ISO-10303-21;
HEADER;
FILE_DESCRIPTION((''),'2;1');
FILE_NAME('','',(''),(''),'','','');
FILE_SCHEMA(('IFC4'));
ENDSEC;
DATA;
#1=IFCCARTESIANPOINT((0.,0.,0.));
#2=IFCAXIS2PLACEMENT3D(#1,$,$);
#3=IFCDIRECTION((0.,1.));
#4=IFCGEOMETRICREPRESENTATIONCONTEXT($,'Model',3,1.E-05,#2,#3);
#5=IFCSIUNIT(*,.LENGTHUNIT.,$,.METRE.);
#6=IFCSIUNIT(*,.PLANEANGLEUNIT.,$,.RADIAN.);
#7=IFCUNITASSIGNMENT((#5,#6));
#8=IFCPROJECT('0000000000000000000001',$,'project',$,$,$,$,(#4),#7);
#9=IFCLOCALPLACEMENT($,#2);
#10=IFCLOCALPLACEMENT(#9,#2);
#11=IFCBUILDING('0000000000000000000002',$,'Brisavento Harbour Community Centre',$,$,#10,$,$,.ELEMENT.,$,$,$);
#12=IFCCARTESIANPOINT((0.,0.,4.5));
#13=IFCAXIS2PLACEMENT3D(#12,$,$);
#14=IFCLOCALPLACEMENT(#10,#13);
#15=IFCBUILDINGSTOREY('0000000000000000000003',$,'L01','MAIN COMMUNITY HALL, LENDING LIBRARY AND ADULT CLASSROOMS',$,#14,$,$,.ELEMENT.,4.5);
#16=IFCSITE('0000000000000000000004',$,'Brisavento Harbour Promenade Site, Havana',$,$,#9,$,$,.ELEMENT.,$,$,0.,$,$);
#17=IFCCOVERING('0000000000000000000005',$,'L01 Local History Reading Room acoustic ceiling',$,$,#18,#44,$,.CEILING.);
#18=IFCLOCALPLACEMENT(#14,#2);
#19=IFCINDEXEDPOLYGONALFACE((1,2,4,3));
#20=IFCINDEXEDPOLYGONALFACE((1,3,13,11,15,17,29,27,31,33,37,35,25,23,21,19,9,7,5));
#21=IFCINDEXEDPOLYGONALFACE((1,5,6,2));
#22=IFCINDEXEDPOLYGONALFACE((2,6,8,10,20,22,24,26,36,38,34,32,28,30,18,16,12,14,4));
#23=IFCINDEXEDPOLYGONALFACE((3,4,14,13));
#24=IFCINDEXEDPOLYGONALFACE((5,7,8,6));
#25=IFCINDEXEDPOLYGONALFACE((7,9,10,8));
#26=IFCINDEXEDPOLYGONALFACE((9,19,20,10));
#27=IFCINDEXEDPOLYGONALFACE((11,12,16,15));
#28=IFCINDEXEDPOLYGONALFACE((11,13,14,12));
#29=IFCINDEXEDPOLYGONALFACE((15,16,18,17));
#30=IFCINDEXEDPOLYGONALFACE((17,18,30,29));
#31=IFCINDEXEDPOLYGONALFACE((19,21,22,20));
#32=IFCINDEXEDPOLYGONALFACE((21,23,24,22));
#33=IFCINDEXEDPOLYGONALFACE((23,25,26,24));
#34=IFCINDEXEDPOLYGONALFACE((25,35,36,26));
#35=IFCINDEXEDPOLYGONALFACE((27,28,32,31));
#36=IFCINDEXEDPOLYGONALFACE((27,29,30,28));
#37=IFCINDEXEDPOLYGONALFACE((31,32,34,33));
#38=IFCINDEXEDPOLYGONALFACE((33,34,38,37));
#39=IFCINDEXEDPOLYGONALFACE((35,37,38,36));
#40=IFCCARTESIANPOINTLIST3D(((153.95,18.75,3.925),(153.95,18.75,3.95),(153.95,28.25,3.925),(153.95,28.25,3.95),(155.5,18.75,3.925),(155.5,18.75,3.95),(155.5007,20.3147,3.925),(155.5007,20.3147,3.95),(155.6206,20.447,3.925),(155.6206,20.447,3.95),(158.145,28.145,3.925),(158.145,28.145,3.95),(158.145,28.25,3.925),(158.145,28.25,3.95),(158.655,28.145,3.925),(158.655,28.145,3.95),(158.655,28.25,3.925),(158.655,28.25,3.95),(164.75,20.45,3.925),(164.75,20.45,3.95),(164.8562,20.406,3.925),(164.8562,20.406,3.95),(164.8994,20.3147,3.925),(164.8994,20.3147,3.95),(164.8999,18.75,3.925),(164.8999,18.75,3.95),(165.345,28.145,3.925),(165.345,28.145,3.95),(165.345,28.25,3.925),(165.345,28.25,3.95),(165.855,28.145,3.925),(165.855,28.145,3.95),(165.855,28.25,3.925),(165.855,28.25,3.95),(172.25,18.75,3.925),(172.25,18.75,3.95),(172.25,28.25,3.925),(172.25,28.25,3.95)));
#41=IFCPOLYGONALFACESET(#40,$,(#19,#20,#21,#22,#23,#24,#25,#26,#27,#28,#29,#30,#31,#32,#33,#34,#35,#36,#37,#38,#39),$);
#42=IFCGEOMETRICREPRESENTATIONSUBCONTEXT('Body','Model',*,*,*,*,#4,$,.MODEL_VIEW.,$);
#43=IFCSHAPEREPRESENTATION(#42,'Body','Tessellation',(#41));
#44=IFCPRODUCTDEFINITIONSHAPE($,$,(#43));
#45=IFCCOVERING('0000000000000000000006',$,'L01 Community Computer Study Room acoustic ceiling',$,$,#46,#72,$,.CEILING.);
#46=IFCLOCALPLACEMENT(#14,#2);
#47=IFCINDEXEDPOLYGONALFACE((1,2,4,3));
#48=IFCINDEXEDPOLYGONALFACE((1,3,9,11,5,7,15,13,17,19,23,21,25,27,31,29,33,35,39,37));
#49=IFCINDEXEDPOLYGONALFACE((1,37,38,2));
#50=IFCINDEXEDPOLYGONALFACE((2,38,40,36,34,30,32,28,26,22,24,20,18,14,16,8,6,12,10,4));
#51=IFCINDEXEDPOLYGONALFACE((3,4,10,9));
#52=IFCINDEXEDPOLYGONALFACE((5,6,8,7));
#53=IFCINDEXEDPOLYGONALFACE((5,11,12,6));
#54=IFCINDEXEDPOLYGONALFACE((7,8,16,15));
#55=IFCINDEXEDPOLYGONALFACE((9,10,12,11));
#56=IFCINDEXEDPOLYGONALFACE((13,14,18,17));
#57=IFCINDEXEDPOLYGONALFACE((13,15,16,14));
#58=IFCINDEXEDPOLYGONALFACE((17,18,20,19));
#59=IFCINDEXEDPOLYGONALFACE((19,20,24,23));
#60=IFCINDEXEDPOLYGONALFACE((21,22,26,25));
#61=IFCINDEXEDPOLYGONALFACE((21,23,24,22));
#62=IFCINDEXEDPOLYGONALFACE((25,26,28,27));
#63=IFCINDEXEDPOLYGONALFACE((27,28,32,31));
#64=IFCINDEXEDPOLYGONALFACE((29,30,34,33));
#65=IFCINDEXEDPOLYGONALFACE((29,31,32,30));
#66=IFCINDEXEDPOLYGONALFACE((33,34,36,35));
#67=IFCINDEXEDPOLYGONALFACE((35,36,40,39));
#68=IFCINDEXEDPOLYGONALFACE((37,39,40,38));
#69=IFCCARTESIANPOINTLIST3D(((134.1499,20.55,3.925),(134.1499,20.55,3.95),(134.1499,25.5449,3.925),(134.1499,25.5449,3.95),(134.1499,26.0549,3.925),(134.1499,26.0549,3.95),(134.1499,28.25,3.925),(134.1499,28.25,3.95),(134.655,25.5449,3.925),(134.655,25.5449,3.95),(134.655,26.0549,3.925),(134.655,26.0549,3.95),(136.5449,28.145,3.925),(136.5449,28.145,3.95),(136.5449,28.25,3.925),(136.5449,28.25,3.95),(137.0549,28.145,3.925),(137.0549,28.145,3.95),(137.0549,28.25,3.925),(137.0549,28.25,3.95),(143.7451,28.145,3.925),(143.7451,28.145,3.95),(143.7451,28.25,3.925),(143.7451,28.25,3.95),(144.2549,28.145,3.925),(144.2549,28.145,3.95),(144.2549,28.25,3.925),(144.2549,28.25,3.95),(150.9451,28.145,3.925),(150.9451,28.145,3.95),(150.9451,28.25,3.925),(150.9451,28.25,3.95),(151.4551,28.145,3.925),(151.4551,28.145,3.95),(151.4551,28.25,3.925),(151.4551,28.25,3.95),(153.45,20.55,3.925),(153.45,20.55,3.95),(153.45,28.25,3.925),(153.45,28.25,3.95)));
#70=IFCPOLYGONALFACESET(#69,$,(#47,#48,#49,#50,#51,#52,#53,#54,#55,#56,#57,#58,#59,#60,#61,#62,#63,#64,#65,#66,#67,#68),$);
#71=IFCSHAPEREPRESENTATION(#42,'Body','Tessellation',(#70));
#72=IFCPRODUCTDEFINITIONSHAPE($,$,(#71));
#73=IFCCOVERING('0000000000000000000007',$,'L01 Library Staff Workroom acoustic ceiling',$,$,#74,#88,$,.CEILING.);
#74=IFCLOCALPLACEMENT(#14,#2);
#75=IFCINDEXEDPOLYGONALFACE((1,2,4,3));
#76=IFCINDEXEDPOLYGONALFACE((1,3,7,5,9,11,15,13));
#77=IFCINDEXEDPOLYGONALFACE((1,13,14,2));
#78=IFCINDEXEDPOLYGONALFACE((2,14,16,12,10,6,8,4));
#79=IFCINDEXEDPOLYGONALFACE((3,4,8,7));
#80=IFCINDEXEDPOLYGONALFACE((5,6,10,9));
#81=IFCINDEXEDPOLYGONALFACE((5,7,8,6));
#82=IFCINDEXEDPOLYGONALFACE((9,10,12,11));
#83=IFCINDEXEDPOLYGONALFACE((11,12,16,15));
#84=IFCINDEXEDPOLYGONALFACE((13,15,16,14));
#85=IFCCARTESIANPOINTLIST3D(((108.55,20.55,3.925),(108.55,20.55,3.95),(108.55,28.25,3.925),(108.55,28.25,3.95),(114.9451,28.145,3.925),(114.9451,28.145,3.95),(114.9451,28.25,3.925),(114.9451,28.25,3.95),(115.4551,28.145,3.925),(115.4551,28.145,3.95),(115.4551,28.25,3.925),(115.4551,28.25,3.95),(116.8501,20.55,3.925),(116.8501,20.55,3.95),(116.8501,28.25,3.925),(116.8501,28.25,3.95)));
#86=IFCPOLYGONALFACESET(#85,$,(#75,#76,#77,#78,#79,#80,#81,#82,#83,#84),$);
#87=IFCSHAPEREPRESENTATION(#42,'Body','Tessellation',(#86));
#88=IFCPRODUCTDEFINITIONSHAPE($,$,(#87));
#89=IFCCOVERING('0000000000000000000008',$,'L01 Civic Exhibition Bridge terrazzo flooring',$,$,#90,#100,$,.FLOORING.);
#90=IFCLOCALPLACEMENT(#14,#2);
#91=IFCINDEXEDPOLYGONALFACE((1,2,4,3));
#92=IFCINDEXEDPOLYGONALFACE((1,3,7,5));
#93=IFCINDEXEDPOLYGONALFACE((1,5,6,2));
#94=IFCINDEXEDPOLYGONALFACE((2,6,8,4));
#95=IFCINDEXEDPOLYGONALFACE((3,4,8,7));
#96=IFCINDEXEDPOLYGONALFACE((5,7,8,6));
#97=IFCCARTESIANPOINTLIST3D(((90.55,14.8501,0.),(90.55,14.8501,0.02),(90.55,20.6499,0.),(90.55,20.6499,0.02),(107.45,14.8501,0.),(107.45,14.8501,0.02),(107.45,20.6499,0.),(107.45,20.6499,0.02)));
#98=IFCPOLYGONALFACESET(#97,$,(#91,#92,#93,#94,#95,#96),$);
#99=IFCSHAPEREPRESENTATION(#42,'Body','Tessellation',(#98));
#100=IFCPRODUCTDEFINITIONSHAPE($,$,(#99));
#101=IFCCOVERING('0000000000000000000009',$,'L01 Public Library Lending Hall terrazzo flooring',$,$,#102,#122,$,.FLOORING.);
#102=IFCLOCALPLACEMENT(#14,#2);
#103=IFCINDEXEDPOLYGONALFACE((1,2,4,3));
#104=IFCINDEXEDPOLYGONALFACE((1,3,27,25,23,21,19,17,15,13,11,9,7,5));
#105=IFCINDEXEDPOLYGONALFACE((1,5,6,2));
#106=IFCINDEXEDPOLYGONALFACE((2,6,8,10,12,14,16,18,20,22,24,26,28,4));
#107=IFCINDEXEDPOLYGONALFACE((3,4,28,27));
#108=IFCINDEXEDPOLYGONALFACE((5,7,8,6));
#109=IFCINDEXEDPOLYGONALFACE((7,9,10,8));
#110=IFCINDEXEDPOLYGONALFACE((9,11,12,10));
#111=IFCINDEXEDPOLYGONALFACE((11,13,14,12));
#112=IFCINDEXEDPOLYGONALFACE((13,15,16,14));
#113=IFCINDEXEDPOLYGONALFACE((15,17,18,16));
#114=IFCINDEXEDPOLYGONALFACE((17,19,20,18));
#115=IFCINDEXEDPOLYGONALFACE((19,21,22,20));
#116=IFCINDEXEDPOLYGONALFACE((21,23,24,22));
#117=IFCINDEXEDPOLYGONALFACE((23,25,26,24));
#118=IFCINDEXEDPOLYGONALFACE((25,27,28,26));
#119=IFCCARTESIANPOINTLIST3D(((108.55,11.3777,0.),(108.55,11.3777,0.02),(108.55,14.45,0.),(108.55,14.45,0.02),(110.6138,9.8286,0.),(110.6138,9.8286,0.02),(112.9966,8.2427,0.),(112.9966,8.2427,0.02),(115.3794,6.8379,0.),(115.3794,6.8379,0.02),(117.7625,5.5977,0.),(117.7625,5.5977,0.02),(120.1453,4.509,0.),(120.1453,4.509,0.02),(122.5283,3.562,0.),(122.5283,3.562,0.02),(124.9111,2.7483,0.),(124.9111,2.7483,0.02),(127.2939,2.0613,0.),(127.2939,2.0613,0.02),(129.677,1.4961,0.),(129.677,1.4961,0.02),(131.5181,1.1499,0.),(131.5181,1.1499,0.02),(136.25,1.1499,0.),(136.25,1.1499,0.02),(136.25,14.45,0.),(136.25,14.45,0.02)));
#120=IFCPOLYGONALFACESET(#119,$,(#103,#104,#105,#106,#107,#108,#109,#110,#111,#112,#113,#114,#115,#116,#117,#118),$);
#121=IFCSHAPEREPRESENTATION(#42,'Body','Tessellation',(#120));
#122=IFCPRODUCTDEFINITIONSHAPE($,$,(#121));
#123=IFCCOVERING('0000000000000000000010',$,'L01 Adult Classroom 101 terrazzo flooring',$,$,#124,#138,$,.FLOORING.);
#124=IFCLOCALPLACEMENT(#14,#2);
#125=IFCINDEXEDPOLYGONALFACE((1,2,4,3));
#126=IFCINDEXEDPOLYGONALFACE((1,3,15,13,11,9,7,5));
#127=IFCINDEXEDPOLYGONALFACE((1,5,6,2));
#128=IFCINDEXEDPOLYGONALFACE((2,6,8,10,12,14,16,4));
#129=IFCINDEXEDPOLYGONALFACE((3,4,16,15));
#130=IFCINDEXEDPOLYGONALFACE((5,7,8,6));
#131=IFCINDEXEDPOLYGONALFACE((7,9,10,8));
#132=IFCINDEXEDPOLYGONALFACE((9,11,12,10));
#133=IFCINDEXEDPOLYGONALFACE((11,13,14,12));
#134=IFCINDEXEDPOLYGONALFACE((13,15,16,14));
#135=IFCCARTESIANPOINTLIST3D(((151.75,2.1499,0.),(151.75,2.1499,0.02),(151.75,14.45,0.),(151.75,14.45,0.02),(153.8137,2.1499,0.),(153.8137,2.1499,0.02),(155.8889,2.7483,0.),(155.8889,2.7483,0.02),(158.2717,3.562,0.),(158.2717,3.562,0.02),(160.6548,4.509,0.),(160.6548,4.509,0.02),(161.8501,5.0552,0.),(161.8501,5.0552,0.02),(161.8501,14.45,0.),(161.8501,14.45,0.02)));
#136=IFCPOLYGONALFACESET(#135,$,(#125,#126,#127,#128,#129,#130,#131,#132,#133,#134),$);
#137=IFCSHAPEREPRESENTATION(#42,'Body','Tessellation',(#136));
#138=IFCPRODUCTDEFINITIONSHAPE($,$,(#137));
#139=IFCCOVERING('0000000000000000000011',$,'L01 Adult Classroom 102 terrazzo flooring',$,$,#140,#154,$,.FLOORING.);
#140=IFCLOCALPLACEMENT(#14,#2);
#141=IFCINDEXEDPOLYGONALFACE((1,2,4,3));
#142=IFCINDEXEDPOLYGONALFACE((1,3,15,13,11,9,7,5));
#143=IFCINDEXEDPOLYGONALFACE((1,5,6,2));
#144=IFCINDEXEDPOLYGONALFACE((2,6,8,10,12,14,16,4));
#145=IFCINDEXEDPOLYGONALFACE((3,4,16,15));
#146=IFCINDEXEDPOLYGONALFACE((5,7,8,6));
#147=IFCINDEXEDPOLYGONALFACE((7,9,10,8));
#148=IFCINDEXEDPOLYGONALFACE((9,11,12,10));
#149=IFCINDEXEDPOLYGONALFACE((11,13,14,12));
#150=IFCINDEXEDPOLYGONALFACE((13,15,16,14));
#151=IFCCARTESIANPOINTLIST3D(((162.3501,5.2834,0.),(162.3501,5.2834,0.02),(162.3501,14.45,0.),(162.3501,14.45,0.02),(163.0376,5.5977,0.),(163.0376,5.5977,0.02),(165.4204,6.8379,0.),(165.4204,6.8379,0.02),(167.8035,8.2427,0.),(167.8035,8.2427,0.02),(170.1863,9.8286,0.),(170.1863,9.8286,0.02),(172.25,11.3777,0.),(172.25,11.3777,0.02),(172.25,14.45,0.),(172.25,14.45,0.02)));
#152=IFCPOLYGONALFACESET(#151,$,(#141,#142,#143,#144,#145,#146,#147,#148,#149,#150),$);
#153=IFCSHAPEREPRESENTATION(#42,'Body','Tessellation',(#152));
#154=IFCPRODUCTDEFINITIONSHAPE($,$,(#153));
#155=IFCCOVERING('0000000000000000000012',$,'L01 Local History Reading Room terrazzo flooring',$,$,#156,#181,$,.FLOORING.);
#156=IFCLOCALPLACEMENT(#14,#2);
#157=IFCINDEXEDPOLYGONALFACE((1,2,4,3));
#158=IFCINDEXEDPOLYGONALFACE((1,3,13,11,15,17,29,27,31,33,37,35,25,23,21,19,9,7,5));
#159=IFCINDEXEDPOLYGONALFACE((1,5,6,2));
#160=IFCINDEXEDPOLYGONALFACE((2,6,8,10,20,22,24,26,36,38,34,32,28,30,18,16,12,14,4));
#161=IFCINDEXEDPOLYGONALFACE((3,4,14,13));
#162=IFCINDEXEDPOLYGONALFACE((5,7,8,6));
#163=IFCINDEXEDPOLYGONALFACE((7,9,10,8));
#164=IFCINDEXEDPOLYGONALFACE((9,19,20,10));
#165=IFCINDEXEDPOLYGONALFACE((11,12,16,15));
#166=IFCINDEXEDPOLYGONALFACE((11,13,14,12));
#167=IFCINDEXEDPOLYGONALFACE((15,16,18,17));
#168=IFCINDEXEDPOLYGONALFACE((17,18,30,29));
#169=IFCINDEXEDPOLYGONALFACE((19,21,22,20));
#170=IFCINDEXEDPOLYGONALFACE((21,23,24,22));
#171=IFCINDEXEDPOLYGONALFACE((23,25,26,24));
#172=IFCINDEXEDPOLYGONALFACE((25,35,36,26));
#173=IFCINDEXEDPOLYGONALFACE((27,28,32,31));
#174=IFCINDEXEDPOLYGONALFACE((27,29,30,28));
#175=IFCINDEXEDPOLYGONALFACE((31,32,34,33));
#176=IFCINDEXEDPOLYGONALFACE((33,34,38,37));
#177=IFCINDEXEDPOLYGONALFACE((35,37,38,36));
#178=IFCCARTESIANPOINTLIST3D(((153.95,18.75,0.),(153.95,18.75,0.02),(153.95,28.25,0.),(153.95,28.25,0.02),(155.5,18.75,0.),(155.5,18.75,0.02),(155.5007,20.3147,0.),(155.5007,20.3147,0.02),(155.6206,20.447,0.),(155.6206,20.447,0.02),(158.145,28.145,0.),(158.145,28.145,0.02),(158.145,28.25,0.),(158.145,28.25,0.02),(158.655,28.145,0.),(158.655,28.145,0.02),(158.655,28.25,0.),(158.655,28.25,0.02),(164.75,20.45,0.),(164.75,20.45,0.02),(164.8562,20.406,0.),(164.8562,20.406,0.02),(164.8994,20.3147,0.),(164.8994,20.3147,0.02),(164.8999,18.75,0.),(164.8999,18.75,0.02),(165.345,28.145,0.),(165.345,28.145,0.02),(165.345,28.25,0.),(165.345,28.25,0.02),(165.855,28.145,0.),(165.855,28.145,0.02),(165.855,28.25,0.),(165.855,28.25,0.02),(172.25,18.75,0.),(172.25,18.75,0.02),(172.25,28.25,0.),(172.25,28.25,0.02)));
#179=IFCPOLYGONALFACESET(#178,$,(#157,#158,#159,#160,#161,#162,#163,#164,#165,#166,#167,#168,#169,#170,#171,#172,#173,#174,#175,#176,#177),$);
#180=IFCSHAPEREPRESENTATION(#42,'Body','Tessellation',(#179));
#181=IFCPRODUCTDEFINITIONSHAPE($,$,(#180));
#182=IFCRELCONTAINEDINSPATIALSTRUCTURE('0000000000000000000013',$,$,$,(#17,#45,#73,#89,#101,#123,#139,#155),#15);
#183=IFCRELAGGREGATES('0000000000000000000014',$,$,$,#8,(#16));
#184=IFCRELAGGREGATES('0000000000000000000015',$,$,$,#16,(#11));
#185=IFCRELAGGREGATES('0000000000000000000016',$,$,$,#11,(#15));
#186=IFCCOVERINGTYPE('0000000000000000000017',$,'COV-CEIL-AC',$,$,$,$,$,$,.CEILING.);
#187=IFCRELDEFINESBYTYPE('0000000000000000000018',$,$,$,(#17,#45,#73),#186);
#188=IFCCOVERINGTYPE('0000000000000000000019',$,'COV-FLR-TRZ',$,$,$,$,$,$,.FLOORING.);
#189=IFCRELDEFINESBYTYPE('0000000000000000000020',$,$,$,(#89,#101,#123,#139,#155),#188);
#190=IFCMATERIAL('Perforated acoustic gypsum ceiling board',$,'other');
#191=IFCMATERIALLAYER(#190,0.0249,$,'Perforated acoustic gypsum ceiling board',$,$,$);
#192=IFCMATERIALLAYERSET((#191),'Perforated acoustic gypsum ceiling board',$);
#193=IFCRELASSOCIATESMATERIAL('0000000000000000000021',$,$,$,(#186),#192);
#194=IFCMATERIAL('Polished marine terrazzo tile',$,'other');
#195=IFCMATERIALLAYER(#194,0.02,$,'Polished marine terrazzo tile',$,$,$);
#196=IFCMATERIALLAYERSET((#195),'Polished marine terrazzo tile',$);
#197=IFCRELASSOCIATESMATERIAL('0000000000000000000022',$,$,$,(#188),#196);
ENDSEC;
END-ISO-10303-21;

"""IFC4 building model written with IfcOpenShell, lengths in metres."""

from ifc_helpers import new_model, si_unit, direction, frame, origin, place, context, subcontext, project, spatial, polyline, outline, extrude, material, layer, layer_set, type_object, element, save


model = new_model("IFC4")

# Units and contexts
model_context = context("Model", 3, precision=1e-05, world=origin(), true_north=direction((0.0, 1.0)))
body_context = subcontext(model_context, "Body", "Model", "MODEL_VIEW")
ifc_project = project(units=[si_unit("LENGTHUNIT", "METRE"), si_unit("PLANEANGLEUNIT", "RADIAN")], contexts=[model_context])

# Site, building, storey
site_placement = place(None, origin())
site = spatial("IfcSite", under=ifc_project, at=site_placement, Name="Brisavento Harbour Promenade Site, Havana", CompositionType="ELEMENT", RefElevation=0.0)
building_placement = place(site_placement, origin())
building = spatial("IfcBuilding", under=site, at=building_placement, Name="Brisavento Harbour Community Centre", CompositionType="ELEMENT")
storey_placement = place(building_placement, frame((0.0, 0.0, 4.5)))
storey = spatial("IfcBuildingStorey", under=building, at=storey_placement, Name="L01", Description="MAIN COMMUNITY HALL, LENDING LIBRARY AND ADULT CLASSROOMS", CompositionType="ELEMENT", Elevation=4.5)

# Coverings
ifc_material_1 = material(Name="Perforated acoustic gypsum ceiling board", Category="other")
ifc_layer_1 = layer(ifc_material_1, 0.0249, Name="Perforated acoustic gypsum ceiling board")
ifc_layer_set_1 = layer_set([ifc_layer_1], Name="Perforated acoustic gypsum ceiling board")
covering_type_1 = type_object("IfcCoveringType", Name="COV-CEIL-AC", PredefinedType="CEILING", material=ifc_layer_set_1)
covering_1_placement = place(storey_placement, frame((0.0, 0.0, 3.925)))
element("IfcCovering", 1, at=covering_1_placement, inside=storey, type_object=covering_type_1, Name="L01 Local History Reading Room acoustic ceiling", PredefinedType="CEILING", context=body_context, shape_type="SweptSolid", body=[
    extrude(outline(polyline([(158.655, 28.145), (158.145, 28.145), (158.145, 28.25), (153.95, 28.25), (153.95, 18.75), (155.5, 18.75), (155.5007, 20.3147), (155.6206, 20.447), (164.75, 20.45), (164.8562, 20.406), (164.8994, 20.3147), (164.8999, 18.75), (172.25, 18.75), (172.25, 28.25), (165.855, 28.25), (165.855, 28.145), (165.345, 28.145), (165.345, 28.25), (158.655, 28.25), (158.655, 28.145)])), origin(), (0.0, 0.0, 1.0), 0.0249),
])
covering_2_placement = place(storey_placement, frame((0.0, 0.0, 3.925)))
element("IfcCovering", 2, at=covering_2_placement, inside=storey, type_object=covering_type_1, Name="L01 Community Computer Study Room acoustic ceiling", PredefinedType="CEILING", context=body_context, shape_type="SweptSolid", body=[
    extrude(outline(polyline([(143.7451, 28.145), (143.7451, 28.25), (137.0549, 28.25), (137.0549, 28.145), (136.5449, 28.145), (136.5449, 28.25), (134.1499, 28.25), (134.1499, 26.0549), (134.655, 26.0549), (134.655, 25.5449), (134.1499, 25.5449), (134.1499, 20.55), (153.45, 20.55), (153.45, 28.25), (151.4551, 28.25), (151.4551, 28.145), (150.9451, 28.145), (150.9451, 28.25), (144.2549, 28.25), (144.2549, 28.145), (143.7451, 28.145)])), origin(), (0.0, 0.0, 1.0), 0.0249),
])
covering_3_placement = place(storey_placement, frame((0.0, 0.0, 3.925)))
element("IfcCovering", 3, at=covering_3_placement, inside=storey, type_object=covering_type_1, Name="L01 Library Staff Workroom acoustic ceiling", PredefinedType="CEILING", context=body_context, shape_type="SweptSolid", body=[
    extrude(outline(polyline([(108.55, 28.25), (108.55, 20.55), (116.8501, 20.55), (116.8501, 28.25), (115.4551, 28.25), (115.4551, 28.145), (114.9451, 28.145), (114.9451, 28.25), (108.55, 28.25)])), origin(), (0.0, 0.0, 1.0), 0.0249),
])
ifc_material_2 = material(Name="Polished marine terrazzo tile", Category="other")
ifc_layer_2 = layer(ifc_material_2, 0.02, Name="Polished marine terrazzo tile")
ifc_layer_set_2 = layer_set([ifc_layer_2], Name="Polished marine terrazzo tile")
covering_type_2 = type_object("IfcCoveringType", Name="COV-FLR-TRZ", PredefinedType="FLOORING", material=ifc_layer_set_2)
covering_4_placement = place(storey_placement, origin())
element("IfcCovering", 4, at=covering_4_placement, inside=storey, type_object=covering_type_2, Name="L01 Civic Exhibition Bridge terrazzo flooring", PredefinedType="FLOORING", context=body_context, shape_type="SweptSolid", body=[
    extrude(outline(polyline([(107.45, 14.8501), (107.45, 20.6499), (90.55, 20.6499), (90.55, 14.8501), (107.45, 14.8501)])), origin(), (0.0, 0.0, 1.0), 0.02),
])
covering_5_placement = place(storey_placement, origin())
element("IfcCovering", 5, at=covering_5_placement, inside=storey, type_object=covering_type_2, Name="L01 Public Library Lending Hall terrazzo flooring", PredefinedType="FLOORING", context=body_context, shape_type="SweptSolid", body=[
    extrude(outline(polyline([(136.25, 1.1499), (136.25, 14.45), (108.55, 14.45), (108.55, 11.3777), (110.6138, 9.8286), (112.9966, 8.2427), (115.3794, 6.8379), (117.7625, 5.5977), (120.1453, 4.509), (122.5283, 3.562), (124.9111, 2.7483), (127.2939, 2.0613), (129.677, 1.4961), (131.5181, 1.1499), (136.25, 1.1499)])), origin(), (0.0, 0.0, 1.0), 0.02),
])
covering_6_placement = place(storey_placement, origin())
element("IfcCovering", 6, at=covering_6_placement, inside=storey, type_object=covering_type_2, Name="L01 Adult Classroom 101 terrazzo flooring", PredefinedType="FLOORING", context=body_context, shape_type="SweptSolid", body=[
    extrude(outline(polyline([(151.75, 2.1499), (153.8137, 2.1499), (155.8889, 2.7483), (158.2717, 3.562), (160.6548, 4.509), (161.8501, 5.0552), (161.8501, 14.45), (151.75, 14.45), (151.75, 2.1499)])), origin(), (0.0, 0.0, 1.0), 0.02),
])
covering_7_placement = place(storey_placement, origin())
element("IfcCovering", 7, at=covering_7_placement, inside=storey, type_object=covering_type_2, Name="L01 Adult Classroom 102 terrazzo flooring", PredefinedType="FLOORING", context=body_context, shape_type="SweptSolid", body=[
    extrude(outline(polyline([(162.3501, 14.45), (162.3501, 5.2834), (163.0376, 5.5977), (165.4204, 6.8379), (167.8035, 8.2427), (170.1863, 9.8286), (172.25, 11.3777), (172.25, 14.45), (162.3501, 14.45)])), origin(), (0.0, 0.0, 1.0), 0.02),
])
covering_8_placement = place(storey_placement, origin())
element("IfcCovering", 8, at=covering_8_placement, inside=storey, type_object=covering_type_2, Name="L01 Local History Reading Room terrazzo flooring", PredefinedType="FLOORING", context=body_context, shape_type="SweptSolid", body=[
    extrude(outline(polyline([(158.655, 28.145), (158.145, 28.145), (158.145, 28.25), (153.95, 28.25), (153.95, 18.75), (155.5, 18.75), (155.5007, 20.3147), (155.6206, 20.447), (164.75, 20.45), (164.8562, 20.406), (164.8994, 20.3147), (164.8999, 18.75), (172.25, 18.75), (172.25, 28.25), (165.855, 28.25), (165.855, 28.145), (165.345, 28.145), (165.345, 28.25), (158.655, 28.25), (158.655, 28.145)])), origin(), (0.0, 0.0, 1.0), 0.02),
])

save(model, "model.ifc")
